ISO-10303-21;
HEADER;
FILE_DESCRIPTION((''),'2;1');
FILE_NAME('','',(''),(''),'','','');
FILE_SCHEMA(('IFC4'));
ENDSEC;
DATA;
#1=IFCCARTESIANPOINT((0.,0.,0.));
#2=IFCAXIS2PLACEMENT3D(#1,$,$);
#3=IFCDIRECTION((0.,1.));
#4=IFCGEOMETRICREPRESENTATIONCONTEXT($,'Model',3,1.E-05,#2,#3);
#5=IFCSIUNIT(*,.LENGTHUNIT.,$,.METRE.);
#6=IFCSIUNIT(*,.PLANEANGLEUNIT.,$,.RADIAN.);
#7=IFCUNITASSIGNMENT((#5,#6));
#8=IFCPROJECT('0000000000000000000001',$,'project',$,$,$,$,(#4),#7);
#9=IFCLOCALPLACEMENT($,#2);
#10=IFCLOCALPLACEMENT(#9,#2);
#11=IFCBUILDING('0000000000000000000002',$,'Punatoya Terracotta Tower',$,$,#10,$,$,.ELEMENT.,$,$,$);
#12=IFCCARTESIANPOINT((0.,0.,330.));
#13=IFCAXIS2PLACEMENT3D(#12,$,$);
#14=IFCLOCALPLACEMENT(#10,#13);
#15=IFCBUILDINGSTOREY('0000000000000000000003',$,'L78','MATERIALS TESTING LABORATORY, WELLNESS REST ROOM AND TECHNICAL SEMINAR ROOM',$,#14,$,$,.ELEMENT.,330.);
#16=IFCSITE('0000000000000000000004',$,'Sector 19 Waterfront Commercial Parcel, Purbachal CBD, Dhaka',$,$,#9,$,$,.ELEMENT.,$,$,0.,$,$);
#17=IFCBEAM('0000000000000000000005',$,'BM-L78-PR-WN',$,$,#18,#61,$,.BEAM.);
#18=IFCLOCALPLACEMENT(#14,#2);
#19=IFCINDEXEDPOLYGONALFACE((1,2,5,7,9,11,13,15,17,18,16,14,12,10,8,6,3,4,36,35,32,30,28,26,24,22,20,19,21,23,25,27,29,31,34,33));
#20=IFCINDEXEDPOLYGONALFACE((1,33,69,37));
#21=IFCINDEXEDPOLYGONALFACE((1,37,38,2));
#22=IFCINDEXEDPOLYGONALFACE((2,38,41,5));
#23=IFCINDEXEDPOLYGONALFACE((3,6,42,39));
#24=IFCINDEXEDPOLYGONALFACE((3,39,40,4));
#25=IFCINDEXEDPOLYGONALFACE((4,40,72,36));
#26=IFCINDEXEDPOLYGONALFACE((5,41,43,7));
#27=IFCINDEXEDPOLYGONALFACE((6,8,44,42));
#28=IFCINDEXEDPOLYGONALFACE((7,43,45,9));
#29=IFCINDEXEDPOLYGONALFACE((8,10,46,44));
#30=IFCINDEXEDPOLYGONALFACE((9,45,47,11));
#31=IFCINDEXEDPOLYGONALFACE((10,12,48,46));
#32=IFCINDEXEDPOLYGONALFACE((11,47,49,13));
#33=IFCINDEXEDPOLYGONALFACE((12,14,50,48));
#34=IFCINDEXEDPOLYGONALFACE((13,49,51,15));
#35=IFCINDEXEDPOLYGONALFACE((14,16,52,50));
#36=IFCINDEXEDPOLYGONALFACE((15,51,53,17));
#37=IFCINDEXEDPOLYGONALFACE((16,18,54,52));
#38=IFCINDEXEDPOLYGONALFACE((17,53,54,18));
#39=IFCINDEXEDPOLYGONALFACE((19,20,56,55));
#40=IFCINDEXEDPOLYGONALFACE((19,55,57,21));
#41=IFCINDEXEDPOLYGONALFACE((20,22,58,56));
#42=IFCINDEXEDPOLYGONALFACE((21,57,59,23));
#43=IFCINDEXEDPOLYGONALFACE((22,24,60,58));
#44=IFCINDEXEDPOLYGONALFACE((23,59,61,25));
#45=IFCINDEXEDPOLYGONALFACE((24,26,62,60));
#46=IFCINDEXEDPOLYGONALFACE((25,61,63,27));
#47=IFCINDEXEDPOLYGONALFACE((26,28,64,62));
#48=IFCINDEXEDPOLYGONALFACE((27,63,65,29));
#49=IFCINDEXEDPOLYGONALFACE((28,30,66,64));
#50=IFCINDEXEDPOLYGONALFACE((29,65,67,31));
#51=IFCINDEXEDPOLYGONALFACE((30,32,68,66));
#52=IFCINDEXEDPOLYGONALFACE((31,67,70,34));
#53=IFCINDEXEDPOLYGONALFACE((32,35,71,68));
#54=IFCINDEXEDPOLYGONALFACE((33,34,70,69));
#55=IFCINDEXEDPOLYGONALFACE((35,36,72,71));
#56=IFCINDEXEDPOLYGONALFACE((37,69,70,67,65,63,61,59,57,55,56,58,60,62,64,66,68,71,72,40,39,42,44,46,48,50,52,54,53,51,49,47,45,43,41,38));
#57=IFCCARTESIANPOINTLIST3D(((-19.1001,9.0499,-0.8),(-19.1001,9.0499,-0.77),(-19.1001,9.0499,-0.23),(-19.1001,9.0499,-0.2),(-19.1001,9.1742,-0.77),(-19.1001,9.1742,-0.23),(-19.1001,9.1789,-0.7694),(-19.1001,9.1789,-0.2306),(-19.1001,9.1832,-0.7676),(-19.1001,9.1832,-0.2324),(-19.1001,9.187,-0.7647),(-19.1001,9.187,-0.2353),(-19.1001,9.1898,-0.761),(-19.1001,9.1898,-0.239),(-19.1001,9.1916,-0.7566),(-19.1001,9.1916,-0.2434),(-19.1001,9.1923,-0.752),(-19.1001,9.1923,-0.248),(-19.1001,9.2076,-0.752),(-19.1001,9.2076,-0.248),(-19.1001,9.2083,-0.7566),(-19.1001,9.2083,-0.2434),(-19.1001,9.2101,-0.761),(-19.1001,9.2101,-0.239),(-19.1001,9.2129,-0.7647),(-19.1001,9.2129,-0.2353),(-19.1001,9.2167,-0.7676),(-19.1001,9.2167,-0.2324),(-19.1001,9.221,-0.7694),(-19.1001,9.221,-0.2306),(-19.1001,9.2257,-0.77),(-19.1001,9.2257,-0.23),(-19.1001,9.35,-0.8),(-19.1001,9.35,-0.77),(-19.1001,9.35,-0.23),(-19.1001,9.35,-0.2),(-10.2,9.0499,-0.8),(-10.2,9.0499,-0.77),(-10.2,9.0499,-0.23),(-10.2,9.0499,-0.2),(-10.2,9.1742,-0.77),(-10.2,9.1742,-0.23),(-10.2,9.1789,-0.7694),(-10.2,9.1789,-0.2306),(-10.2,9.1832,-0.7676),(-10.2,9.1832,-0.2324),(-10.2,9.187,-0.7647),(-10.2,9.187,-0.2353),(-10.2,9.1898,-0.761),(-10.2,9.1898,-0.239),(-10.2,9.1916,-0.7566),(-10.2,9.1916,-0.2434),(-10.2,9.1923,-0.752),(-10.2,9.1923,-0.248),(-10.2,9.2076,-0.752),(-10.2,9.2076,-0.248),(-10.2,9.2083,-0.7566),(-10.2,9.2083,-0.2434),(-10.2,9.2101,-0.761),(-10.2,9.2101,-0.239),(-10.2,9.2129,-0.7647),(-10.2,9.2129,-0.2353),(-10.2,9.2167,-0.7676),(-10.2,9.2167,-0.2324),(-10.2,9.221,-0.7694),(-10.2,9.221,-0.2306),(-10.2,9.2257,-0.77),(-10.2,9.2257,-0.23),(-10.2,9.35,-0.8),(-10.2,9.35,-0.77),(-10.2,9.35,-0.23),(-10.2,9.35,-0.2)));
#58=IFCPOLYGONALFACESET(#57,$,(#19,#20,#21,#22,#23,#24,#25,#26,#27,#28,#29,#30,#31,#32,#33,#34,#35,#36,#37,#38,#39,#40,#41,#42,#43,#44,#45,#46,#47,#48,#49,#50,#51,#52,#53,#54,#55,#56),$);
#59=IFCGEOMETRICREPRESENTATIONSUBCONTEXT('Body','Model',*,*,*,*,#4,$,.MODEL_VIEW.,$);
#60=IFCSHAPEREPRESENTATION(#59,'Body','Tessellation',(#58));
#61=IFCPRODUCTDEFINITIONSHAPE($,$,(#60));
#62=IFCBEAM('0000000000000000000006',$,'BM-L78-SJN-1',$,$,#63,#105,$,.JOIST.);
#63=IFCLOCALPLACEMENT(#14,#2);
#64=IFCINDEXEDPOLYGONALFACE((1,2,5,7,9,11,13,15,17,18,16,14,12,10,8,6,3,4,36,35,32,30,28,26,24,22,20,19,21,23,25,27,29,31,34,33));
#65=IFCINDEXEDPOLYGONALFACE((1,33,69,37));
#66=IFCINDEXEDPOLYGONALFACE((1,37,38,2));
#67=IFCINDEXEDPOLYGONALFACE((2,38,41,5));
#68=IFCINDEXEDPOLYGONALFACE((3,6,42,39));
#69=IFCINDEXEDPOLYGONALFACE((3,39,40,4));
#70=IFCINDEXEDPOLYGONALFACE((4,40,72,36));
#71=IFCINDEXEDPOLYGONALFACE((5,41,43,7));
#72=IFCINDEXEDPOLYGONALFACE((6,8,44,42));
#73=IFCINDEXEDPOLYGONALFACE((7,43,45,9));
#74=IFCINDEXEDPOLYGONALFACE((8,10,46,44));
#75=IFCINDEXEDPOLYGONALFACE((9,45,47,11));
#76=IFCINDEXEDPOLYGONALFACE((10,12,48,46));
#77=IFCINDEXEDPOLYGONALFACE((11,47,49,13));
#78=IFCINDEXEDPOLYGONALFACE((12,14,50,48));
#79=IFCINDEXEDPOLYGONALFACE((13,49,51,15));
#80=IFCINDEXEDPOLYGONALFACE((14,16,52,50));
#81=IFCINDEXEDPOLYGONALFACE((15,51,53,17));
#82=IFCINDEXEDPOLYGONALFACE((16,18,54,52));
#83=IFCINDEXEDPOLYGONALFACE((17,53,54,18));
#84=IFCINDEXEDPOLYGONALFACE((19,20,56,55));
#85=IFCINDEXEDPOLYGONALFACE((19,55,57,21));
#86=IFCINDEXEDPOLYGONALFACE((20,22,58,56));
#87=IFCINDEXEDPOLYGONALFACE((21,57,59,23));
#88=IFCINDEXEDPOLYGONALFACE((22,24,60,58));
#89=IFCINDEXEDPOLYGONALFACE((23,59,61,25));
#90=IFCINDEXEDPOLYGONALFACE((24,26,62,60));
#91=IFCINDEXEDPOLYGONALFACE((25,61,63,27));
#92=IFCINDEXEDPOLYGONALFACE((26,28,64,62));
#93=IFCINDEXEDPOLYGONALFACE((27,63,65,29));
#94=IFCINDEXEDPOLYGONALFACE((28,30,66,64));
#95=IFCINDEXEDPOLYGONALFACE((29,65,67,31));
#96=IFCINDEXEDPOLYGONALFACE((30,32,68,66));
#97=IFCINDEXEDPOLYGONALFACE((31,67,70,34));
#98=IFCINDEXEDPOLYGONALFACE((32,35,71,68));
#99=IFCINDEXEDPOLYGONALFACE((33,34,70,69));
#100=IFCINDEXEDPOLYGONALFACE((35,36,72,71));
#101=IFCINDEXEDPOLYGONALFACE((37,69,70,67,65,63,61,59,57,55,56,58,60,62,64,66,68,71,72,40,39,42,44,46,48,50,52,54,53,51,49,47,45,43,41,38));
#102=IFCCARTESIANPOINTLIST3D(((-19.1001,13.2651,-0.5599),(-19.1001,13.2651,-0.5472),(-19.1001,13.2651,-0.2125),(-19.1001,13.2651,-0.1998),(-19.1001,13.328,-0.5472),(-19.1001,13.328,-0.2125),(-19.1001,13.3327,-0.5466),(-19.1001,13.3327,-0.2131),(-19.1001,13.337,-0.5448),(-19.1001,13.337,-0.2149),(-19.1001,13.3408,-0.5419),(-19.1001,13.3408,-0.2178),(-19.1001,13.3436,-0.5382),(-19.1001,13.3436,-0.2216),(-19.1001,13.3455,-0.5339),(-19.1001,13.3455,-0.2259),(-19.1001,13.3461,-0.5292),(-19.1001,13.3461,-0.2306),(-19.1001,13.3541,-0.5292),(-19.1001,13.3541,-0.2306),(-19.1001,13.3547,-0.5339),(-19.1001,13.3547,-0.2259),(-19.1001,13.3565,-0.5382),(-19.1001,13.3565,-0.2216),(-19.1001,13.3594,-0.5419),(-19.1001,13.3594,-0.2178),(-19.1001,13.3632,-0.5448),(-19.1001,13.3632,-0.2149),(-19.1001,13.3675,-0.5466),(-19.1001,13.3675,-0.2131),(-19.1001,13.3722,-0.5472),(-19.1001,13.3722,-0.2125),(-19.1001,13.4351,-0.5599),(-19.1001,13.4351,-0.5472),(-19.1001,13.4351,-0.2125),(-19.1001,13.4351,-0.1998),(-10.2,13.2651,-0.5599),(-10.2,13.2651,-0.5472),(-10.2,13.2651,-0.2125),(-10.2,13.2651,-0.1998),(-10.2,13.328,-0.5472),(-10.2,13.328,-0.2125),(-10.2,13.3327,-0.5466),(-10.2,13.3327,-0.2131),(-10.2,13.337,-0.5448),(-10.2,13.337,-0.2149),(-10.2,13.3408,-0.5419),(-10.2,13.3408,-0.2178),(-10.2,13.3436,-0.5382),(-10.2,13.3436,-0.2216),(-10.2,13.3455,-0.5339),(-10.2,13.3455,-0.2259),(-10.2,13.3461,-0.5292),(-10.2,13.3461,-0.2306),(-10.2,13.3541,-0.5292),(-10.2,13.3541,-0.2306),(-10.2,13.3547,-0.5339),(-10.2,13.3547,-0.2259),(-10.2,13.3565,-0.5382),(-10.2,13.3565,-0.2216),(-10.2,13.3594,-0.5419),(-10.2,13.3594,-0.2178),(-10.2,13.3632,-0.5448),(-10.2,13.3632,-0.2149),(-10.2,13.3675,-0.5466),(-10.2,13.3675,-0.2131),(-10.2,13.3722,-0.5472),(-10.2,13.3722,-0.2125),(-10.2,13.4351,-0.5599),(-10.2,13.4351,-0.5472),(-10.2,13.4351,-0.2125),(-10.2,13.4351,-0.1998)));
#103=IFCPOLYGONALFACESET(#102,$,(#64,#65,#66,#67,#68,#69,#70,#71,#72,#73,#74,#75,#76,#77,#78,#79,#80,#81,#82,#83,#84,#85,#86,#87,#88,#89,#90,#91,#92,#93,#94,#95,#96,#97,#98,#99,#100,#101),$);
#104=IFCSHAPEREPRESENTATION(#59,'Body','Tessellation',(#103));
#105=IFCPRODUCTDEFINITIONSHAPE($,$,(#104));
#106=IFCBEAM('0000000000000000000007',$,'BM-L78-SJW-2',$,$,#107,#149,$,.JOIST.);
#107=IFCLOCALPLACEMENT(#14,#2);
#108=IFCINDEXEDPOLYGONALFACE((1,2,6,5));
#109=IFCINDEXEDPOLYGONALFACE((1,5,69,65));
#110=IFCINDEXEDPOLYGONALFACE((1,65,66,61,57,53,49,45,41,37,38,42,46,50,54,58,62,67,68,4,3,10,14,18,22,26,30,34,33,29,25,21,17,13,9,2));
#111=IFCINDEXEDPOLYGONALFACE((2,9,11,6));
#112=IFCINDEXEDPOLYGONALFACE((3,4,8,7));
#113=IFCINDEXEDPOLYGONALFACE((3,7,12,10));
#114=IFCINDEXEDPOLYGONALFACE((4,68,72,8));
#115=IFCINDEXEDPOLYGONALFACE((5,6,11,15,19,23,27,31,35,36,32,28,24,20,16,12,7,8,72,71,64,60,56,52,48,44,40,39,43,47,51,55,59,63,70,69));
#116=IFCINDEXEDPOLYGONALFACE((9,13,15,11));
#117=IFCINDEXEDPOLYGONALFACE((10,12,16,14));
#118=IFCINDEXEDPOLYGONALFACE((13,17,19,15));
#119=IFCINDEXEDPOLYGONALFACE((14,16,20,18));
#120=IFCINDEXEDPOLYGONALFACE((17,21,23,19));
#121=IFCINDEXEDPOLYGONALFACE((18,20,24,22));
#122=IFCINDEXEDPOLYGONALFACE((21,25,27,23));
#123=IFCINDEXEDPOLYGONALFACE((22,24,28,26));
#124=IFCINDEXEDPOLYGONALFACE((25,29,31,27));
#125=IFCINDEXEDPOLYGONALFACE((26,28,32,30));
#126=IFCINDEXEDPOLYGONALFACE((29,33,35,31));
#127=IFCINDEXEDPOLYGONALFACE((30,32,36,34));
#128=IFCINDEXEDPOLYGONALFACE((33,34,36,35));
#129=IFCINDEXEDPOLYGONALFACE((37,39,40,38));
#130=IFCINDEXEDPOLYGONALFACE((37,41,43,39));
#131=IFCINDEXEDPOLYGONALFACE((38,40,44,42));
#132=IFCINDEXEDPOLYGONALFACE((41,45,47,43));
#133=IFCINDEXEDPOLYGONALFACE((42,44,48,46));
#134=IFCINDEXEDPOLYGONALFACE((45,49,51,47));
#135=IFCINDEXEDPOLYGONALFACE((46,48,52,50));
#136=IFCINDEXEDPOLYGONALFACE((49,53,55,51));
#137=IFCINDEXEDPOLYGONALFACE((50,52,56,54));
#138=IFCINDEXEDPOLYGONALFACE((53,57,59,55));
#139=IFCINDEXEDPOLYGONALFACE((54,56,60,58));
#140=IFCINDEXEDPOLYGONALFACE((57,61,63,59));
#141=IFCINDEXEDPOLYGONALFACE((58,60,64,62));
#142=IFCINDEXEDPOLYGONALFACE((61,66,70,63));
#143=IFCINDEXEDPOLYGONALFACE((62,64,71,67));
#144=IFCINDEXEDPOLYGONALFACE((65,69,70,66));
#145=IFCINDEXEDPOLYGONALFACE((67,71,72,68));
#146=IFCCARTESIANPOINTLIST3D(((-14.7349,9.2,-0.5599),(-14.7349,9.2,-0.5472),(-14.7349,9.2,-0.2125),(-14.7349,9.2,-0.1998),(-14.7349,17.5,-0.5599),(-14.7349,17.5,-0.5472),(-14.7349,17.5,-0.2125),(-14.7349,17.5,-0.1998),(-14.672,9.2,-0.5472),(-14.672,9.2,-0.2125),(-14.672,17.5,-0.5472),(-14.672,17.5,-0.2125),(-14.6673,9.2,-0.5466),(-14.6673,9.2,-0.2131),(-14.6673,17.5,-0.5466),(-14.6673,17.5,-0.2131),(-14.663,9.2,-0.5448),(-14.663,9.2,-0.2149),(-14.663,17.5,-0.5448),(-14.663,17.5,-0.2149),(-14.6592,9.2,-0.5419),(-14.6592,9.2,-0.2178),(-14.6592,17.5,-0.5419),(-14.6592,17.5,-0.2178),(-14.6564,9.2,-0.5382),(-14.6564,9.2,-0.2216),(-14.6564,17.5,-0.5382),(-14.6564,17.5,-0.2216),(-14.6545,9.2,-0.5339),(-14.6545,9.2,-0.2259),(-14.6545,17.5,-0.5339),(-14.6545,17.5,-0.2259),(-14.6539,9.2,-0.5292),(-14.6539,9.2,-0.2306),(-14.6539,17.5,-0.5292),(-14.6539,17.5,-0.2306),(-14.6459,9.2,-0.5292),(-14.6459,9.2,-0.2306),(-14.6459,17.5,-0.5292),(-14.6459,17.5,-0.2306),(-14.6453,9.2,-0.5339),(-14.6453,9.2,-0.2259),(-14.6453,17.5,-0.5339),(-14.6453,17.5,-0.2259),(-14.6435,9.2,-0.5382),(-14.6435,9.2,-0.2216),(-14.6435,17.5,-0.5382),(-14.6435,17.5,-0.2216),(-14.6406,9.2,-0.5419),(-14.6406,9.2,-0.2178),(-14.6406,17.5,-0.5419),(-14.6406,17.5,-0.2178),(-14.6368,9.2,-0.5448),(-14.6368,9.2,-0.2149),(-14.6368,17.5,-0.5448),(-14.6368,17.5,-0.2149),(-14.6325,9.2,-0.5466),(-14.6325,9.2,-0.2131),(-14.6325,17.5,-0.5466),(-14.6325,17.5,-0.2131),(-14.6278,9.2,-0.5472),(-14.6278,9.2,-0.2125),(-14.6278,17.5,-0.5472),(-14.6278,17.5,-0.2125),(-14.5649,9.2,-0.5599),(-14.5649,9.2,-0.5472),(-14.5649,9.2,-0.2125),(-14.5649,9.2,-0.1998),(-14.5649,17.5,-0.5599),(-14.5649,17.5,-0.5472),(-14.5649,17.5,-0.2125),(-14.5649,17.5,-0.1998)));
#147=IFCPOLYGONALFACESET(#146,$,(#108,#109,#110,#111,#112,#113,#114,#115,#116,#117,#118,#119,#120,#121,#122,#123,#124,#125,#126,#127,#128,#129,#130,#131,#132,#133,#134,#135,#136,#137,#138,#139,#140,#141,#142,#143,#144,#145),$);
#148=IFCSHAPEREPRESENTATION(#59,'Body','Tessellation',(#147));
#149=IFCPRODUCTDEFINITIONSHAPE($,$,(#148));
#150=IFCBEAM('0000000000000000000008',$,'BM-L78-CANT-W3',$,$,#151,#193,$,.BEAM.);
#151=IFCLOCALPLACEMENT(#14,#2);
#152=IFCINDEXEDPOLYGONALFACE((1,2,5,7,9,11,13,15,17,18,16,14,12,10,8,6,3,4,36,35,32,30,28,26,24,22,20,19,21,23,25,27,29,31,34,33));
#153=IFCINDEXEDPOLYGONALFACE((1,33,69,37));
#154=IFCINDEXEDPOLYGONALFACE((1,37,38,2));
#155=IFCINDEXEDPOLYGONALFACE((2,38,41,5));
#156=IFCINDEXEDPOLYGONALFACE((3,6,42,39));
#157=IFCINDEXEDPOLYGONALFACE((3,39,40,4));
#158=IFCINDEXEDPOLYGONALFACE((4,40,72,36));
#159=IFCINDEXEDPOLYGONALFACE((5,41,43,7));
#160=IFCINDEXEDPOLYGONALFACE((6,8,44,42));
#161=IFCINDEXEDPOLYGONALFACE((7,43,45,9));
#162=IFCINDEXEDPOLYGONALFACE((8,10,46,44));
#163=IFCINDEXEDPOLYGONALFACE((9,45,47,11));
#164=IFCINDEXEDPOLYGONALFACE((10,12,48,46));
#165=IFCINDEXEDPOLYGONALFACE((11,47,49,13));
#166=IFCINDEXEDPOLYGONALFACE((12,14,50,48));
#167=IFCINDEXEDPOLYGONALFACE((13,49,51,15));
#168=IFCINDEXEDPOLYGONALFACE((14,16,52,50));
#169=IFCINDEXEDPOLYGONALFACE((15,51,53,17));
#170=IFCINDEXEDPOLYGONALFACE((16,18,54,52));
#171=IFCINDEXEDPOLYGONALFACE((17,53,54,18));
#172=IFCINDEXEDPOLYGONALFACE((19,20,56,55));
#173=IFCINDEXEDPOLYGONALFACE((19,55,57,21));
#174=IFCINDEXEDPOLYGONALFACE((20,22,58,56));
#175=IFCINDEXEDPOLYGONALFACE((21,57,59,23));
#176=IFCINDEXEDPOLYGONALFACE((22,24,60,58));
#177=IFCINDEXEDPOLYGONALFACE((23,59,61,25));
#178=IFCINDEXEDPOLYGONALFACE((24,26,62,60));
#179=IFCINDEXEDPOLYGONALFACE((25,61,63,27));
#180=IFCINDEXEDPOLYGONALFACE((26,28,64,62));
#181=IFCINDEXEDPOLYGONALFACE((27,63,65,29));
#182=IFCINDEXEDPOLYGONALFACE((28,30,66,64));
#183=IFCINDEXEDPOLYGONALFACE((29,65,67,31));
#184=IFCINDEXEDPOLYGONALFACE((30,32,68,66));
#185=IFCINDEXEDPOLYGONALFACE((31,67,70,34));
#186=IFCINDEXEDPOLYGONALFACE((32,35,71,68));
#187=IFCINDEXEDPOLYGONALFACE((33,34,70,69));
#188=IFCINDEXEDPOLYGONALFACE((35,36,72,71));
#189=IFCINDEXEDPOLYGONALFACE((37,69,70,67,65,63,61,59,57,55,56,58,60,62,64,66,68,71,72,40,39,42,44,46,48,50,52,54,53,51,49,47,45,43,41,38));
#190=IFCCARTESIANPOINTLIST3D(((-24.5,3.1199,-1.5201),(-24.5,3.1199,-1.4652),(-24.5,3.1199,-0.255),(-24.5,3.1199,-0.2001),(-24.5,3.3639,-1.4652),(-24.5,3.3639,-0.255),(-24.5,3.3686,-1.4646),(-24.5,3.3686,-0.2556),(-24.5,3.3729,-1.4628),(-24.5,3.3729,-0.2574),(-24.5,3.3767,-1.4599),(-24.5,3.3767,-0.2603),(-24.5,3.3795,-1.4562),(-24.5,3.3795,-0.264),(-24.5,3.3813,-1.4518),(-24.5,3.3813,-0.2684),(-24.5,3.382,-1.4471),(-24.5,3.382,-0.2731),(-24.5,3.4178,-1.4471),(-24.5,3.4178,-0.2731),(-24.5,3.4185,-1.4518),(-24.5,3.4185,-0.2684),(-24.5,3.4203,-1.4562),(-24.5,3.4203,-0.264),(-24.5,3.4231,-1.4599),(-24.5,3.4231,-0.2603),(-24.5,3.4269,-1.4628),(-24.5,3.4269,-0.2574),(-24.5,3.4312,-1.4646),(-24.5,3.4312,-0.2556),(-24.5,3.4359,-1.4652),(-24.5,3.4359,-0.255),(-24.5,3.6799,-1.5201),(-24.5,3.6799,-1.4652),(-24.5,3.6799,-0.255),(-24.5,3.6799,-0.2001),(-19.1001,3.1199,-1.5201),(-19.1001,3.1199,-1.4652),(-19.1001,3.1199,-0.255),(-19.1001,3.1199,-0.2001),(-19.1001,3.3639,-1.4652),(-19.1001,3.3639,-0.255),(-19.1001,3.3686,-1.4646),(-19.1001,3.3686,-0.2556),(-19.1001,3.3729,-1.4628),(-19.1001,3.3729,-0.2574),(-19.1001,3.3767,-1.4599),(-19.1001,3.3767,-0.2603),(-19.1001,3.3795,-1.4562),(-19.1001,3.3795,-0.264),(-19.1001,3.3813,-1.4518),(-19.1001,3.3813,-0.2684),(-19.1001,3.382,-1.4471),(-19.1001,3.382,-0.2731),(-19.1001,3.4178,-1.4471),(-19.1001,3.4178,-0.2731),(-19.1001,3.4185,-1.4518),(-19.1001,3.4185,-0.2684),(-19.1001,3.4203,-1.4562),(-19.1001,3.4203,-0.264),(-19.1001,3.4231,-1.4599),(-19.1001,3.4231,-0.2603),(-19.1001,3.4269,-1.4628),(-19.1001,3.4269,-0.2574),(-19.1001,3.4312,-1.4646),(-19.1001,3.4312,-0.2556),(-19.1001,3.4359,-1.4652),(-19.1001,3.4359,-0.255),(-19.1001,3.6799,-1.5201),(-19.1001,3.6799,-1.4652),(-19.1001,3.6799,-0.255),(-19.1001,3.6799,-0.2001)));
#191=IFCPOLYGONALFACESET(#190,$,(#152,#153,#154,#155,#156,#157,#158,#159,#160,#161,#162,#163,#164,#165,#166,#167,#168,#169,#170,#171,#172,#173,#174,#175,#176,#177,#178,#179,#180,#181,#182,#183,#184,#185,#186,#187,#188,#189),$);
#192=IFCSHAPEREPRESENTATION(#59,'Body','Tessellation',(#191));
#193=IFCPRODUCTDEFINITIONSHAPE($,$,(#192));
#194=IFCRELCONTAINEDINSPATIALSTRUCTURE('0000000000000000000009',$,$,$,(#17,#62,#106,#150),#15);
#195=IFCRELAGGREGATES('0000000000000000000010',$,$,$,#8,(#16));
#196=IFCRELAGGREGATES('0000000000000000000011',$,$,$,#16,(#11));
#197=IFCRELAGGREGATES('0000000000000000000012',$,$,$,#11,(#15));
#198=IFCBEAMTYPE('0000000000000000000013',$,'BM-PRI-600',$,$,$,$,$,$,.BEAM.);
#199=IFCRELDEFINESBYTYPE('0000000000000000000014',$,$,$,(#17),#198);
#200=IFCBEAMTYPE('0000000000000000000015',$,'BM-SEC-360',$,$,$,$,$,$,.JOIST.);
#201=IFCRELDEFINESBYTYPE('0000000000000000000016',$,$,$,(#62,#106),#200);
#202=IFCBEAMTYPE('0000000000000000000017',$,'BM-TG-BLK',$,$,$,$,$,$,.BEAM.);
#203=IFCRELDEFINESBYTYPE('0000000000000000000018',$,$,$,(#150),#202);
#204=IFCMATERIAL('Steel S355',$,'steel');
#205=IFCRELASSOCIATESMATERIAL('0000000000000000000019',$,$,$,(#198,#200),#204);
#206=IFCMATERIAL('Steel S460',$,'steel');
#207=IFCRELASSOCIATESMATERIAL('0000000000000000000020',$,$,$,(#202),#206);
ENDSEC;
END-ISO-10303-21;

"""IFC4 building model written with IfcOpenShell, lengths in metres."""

from ifc_helpers import new_model, si_unit, direction, frame, origin, origin_2d, place, context, subcontext, project, spatial, i_section, extrude, material, material_profile, profile_set, type_object, element, save


model = new_model("IFC4")

# Units and contexts
model_context = context("Model", 3, precision=1e-05, world=origin(), true_north=direction((0.0, 1.0)))
body_context = subcontext(model_context, "Body", "Model", "MODEL_VIEW")
ifc_project = project(units=[si_unit("LENGTHUNIT", "METRE"), si_unit("PLANEANGLEUNIT", "RADIAN")], contexts=[model_context])

# Site, building, storey
site_placement = place(None, origin())
site = spatial("IfcSite", under=ifc_project, at=site_placement, Name="Sector 19 Waterfront Commercial Parcel, Purbachal CBD, Dhaka", CompositionType="ELEMENT", RefElevation=0.0)
building_placement = place(site_placement, origin())
building = spatial("IfcBuilding", under=site, at=building_placement, Name="Punatoya Terracotta Tower", CompositionType="ELEMENT")
storey_placement = place(building_placement, frame((0.0, 0.0, 330.0)))
storey = spatial("IfcBuildingStorey", under=building, at=storey_placement, Name="L78", Description="MATERIALS TESTING LABORATORY, WELLNESS REST ROOM AND TECHNICAL SEMINAR ROOM", CompositionType="ELEMENT", Elevation=330.0)

# Shared definitions
ifc_material_1 = material(Name="Steel S460", Category="steel")

# Beams
ifc_material_2 = material(Name="Steel S355", Category="steel")
ifc_material_profile_1 = material_profile(ifc_material_2, i_section(OverallWidth=0.3, OverallDepth=0.6001, WebThickness=0.0154, FlangeThickness=0.03, FilletRadius=0.0181, at=origin_2d()))
ifc_profile_set_1 = profile_set([ifc_material_profile_1], Name="Steel S355")
beam_type_1 = type_object("IfcBeamType", Name="BM-PRI-600", PredefinedType="BEAM", material=ifc_profile_set_1)
for number, where, z_axis, x_axis, name in (
    (1, (-19.1001, 9.2, -0.5), (1.0, 0.0, 0.0), (0.0, 1.0, 0.0), "BM-L78-PR-WN"),
):
    element("IfcBeam", number, at=place(storey_placement, frame(where, z_axis=z_axis, x_axis=x_axis)), inside=storey, type_object=beam_type_1, Name=name, PredefinedType="BEAM", context=body_context, shape_type="SweptSolid", body=[
        extrude(i_section(OverallWidth=0.3, OverallDepth=0.6001, WebThickness=0.0154, FlangeThickness=0.03, FilletRadius=0.0181, at=origin_2d()), origin(), (0.0, 0.0, 1.0), 8.9001),
    ])
ifc_material_profile_2 = material_profile(ifc_material_2, i_section(OverallWidth=0.1699, OverallDepth=0.3601, WebThickness=0.0081, FlangeThickness=0.0127, FilletRadius=0.0181, at=origin_2d()))
ifc_profile_set_2 = profile_set([ifc_material_profile_2], Name="Steel S355")
beam_type_2 = type_object("IfcBeamType", Name="BM-SEC-360", PredefinedType="JOIST", material=ifc_profile_set_2)
beam_1_placement = place(storey_placement, frame((-19.1001, 13.3501, -0.3799), z_axis=(1.0, 0.0, 0.0), x_axis=(0.0, 1.0, 0.0)))
element("IfcBeam", 2, at=beam_1_placement, inside=storey, type_object=beam_type_2, Name="BM-L78-SJN-1", PredefinedType="JOIST", context=body_context, shape_type="SweptSolid", body=[
    extrude(i_section(OverallWidth=0.1699, OverallDepth=0.3601, WebThickness=0.0081, FlangeThickness=0.0127, FilletRadius=0.0181, at=origin_2d()), origin(), (0.0, 0.0, 1.0), 8.9001),
])
beam_2_placement = place(storey_placement, frame((-14.6499, 9.2, -0.3799), z_axis=(0.0, 1.0, 0.0), x_axis=(-1.0, 0.0, 0.0)))
element("IfcBeam", 3, at=beam_2_placement, inside=storey, type_object=beam_type_2, Name="BM-L78-SJW-2", PredefinedType="JOIST", context=body_context, shape_type="SweptSolid", body=[
    extrude(i_section(OverallWidth=0.1699, OverallDepth=0.3601, WebThickness=0.0081, FlangeThickness=0.0127, FilletRadius=0.0181, at=origin_2d()), origin(), (0.0, 0.0, 1.0), 8.3),
])
ifc_material_profile_3 = material_profile(ifc_material_1, i_section(OverallWidth=0.5601, OverallDepth=1.3201, WebThickness=0.0359, FlangeThickness=0.0549, FilletRadius=0.0181, at=origin_2d()))
ifc_profile_set_3 = profile_set([ifc_material_profile_3], Name="Steel S460")
beam_type_3 = type_object("IfcBeamType", Name="BM-TG-BLK", PredefinedType="BEAM", material=ifc_profile_set_3)
beam_3_placement = place(storey_placement, frame((-24.5, 3.3999, -0.8601), z_axis=(1.0, 0.0, 0.0), x_axis=(0.0, 1.0, 0.0)))
element("IfcBeam", 4, at=beam_3_placement, inside=storey, type_object=beam_type_3, Name="BM-L78-CANT-W3", PredefinedType="BEAM", context=body_context, shape_type="SweptSolid", body=[
    extrude(i_section(OverallWidth=0.5601, OverallDepth=1.3201, WebThickness=0.0359, FlangeThickness=0.0549, FilletRadius=0.0181, at=origin_2d()), origin(), (0.0, 0.0, 1.0), 5.3999),
])

save(model, "model.ifc")
